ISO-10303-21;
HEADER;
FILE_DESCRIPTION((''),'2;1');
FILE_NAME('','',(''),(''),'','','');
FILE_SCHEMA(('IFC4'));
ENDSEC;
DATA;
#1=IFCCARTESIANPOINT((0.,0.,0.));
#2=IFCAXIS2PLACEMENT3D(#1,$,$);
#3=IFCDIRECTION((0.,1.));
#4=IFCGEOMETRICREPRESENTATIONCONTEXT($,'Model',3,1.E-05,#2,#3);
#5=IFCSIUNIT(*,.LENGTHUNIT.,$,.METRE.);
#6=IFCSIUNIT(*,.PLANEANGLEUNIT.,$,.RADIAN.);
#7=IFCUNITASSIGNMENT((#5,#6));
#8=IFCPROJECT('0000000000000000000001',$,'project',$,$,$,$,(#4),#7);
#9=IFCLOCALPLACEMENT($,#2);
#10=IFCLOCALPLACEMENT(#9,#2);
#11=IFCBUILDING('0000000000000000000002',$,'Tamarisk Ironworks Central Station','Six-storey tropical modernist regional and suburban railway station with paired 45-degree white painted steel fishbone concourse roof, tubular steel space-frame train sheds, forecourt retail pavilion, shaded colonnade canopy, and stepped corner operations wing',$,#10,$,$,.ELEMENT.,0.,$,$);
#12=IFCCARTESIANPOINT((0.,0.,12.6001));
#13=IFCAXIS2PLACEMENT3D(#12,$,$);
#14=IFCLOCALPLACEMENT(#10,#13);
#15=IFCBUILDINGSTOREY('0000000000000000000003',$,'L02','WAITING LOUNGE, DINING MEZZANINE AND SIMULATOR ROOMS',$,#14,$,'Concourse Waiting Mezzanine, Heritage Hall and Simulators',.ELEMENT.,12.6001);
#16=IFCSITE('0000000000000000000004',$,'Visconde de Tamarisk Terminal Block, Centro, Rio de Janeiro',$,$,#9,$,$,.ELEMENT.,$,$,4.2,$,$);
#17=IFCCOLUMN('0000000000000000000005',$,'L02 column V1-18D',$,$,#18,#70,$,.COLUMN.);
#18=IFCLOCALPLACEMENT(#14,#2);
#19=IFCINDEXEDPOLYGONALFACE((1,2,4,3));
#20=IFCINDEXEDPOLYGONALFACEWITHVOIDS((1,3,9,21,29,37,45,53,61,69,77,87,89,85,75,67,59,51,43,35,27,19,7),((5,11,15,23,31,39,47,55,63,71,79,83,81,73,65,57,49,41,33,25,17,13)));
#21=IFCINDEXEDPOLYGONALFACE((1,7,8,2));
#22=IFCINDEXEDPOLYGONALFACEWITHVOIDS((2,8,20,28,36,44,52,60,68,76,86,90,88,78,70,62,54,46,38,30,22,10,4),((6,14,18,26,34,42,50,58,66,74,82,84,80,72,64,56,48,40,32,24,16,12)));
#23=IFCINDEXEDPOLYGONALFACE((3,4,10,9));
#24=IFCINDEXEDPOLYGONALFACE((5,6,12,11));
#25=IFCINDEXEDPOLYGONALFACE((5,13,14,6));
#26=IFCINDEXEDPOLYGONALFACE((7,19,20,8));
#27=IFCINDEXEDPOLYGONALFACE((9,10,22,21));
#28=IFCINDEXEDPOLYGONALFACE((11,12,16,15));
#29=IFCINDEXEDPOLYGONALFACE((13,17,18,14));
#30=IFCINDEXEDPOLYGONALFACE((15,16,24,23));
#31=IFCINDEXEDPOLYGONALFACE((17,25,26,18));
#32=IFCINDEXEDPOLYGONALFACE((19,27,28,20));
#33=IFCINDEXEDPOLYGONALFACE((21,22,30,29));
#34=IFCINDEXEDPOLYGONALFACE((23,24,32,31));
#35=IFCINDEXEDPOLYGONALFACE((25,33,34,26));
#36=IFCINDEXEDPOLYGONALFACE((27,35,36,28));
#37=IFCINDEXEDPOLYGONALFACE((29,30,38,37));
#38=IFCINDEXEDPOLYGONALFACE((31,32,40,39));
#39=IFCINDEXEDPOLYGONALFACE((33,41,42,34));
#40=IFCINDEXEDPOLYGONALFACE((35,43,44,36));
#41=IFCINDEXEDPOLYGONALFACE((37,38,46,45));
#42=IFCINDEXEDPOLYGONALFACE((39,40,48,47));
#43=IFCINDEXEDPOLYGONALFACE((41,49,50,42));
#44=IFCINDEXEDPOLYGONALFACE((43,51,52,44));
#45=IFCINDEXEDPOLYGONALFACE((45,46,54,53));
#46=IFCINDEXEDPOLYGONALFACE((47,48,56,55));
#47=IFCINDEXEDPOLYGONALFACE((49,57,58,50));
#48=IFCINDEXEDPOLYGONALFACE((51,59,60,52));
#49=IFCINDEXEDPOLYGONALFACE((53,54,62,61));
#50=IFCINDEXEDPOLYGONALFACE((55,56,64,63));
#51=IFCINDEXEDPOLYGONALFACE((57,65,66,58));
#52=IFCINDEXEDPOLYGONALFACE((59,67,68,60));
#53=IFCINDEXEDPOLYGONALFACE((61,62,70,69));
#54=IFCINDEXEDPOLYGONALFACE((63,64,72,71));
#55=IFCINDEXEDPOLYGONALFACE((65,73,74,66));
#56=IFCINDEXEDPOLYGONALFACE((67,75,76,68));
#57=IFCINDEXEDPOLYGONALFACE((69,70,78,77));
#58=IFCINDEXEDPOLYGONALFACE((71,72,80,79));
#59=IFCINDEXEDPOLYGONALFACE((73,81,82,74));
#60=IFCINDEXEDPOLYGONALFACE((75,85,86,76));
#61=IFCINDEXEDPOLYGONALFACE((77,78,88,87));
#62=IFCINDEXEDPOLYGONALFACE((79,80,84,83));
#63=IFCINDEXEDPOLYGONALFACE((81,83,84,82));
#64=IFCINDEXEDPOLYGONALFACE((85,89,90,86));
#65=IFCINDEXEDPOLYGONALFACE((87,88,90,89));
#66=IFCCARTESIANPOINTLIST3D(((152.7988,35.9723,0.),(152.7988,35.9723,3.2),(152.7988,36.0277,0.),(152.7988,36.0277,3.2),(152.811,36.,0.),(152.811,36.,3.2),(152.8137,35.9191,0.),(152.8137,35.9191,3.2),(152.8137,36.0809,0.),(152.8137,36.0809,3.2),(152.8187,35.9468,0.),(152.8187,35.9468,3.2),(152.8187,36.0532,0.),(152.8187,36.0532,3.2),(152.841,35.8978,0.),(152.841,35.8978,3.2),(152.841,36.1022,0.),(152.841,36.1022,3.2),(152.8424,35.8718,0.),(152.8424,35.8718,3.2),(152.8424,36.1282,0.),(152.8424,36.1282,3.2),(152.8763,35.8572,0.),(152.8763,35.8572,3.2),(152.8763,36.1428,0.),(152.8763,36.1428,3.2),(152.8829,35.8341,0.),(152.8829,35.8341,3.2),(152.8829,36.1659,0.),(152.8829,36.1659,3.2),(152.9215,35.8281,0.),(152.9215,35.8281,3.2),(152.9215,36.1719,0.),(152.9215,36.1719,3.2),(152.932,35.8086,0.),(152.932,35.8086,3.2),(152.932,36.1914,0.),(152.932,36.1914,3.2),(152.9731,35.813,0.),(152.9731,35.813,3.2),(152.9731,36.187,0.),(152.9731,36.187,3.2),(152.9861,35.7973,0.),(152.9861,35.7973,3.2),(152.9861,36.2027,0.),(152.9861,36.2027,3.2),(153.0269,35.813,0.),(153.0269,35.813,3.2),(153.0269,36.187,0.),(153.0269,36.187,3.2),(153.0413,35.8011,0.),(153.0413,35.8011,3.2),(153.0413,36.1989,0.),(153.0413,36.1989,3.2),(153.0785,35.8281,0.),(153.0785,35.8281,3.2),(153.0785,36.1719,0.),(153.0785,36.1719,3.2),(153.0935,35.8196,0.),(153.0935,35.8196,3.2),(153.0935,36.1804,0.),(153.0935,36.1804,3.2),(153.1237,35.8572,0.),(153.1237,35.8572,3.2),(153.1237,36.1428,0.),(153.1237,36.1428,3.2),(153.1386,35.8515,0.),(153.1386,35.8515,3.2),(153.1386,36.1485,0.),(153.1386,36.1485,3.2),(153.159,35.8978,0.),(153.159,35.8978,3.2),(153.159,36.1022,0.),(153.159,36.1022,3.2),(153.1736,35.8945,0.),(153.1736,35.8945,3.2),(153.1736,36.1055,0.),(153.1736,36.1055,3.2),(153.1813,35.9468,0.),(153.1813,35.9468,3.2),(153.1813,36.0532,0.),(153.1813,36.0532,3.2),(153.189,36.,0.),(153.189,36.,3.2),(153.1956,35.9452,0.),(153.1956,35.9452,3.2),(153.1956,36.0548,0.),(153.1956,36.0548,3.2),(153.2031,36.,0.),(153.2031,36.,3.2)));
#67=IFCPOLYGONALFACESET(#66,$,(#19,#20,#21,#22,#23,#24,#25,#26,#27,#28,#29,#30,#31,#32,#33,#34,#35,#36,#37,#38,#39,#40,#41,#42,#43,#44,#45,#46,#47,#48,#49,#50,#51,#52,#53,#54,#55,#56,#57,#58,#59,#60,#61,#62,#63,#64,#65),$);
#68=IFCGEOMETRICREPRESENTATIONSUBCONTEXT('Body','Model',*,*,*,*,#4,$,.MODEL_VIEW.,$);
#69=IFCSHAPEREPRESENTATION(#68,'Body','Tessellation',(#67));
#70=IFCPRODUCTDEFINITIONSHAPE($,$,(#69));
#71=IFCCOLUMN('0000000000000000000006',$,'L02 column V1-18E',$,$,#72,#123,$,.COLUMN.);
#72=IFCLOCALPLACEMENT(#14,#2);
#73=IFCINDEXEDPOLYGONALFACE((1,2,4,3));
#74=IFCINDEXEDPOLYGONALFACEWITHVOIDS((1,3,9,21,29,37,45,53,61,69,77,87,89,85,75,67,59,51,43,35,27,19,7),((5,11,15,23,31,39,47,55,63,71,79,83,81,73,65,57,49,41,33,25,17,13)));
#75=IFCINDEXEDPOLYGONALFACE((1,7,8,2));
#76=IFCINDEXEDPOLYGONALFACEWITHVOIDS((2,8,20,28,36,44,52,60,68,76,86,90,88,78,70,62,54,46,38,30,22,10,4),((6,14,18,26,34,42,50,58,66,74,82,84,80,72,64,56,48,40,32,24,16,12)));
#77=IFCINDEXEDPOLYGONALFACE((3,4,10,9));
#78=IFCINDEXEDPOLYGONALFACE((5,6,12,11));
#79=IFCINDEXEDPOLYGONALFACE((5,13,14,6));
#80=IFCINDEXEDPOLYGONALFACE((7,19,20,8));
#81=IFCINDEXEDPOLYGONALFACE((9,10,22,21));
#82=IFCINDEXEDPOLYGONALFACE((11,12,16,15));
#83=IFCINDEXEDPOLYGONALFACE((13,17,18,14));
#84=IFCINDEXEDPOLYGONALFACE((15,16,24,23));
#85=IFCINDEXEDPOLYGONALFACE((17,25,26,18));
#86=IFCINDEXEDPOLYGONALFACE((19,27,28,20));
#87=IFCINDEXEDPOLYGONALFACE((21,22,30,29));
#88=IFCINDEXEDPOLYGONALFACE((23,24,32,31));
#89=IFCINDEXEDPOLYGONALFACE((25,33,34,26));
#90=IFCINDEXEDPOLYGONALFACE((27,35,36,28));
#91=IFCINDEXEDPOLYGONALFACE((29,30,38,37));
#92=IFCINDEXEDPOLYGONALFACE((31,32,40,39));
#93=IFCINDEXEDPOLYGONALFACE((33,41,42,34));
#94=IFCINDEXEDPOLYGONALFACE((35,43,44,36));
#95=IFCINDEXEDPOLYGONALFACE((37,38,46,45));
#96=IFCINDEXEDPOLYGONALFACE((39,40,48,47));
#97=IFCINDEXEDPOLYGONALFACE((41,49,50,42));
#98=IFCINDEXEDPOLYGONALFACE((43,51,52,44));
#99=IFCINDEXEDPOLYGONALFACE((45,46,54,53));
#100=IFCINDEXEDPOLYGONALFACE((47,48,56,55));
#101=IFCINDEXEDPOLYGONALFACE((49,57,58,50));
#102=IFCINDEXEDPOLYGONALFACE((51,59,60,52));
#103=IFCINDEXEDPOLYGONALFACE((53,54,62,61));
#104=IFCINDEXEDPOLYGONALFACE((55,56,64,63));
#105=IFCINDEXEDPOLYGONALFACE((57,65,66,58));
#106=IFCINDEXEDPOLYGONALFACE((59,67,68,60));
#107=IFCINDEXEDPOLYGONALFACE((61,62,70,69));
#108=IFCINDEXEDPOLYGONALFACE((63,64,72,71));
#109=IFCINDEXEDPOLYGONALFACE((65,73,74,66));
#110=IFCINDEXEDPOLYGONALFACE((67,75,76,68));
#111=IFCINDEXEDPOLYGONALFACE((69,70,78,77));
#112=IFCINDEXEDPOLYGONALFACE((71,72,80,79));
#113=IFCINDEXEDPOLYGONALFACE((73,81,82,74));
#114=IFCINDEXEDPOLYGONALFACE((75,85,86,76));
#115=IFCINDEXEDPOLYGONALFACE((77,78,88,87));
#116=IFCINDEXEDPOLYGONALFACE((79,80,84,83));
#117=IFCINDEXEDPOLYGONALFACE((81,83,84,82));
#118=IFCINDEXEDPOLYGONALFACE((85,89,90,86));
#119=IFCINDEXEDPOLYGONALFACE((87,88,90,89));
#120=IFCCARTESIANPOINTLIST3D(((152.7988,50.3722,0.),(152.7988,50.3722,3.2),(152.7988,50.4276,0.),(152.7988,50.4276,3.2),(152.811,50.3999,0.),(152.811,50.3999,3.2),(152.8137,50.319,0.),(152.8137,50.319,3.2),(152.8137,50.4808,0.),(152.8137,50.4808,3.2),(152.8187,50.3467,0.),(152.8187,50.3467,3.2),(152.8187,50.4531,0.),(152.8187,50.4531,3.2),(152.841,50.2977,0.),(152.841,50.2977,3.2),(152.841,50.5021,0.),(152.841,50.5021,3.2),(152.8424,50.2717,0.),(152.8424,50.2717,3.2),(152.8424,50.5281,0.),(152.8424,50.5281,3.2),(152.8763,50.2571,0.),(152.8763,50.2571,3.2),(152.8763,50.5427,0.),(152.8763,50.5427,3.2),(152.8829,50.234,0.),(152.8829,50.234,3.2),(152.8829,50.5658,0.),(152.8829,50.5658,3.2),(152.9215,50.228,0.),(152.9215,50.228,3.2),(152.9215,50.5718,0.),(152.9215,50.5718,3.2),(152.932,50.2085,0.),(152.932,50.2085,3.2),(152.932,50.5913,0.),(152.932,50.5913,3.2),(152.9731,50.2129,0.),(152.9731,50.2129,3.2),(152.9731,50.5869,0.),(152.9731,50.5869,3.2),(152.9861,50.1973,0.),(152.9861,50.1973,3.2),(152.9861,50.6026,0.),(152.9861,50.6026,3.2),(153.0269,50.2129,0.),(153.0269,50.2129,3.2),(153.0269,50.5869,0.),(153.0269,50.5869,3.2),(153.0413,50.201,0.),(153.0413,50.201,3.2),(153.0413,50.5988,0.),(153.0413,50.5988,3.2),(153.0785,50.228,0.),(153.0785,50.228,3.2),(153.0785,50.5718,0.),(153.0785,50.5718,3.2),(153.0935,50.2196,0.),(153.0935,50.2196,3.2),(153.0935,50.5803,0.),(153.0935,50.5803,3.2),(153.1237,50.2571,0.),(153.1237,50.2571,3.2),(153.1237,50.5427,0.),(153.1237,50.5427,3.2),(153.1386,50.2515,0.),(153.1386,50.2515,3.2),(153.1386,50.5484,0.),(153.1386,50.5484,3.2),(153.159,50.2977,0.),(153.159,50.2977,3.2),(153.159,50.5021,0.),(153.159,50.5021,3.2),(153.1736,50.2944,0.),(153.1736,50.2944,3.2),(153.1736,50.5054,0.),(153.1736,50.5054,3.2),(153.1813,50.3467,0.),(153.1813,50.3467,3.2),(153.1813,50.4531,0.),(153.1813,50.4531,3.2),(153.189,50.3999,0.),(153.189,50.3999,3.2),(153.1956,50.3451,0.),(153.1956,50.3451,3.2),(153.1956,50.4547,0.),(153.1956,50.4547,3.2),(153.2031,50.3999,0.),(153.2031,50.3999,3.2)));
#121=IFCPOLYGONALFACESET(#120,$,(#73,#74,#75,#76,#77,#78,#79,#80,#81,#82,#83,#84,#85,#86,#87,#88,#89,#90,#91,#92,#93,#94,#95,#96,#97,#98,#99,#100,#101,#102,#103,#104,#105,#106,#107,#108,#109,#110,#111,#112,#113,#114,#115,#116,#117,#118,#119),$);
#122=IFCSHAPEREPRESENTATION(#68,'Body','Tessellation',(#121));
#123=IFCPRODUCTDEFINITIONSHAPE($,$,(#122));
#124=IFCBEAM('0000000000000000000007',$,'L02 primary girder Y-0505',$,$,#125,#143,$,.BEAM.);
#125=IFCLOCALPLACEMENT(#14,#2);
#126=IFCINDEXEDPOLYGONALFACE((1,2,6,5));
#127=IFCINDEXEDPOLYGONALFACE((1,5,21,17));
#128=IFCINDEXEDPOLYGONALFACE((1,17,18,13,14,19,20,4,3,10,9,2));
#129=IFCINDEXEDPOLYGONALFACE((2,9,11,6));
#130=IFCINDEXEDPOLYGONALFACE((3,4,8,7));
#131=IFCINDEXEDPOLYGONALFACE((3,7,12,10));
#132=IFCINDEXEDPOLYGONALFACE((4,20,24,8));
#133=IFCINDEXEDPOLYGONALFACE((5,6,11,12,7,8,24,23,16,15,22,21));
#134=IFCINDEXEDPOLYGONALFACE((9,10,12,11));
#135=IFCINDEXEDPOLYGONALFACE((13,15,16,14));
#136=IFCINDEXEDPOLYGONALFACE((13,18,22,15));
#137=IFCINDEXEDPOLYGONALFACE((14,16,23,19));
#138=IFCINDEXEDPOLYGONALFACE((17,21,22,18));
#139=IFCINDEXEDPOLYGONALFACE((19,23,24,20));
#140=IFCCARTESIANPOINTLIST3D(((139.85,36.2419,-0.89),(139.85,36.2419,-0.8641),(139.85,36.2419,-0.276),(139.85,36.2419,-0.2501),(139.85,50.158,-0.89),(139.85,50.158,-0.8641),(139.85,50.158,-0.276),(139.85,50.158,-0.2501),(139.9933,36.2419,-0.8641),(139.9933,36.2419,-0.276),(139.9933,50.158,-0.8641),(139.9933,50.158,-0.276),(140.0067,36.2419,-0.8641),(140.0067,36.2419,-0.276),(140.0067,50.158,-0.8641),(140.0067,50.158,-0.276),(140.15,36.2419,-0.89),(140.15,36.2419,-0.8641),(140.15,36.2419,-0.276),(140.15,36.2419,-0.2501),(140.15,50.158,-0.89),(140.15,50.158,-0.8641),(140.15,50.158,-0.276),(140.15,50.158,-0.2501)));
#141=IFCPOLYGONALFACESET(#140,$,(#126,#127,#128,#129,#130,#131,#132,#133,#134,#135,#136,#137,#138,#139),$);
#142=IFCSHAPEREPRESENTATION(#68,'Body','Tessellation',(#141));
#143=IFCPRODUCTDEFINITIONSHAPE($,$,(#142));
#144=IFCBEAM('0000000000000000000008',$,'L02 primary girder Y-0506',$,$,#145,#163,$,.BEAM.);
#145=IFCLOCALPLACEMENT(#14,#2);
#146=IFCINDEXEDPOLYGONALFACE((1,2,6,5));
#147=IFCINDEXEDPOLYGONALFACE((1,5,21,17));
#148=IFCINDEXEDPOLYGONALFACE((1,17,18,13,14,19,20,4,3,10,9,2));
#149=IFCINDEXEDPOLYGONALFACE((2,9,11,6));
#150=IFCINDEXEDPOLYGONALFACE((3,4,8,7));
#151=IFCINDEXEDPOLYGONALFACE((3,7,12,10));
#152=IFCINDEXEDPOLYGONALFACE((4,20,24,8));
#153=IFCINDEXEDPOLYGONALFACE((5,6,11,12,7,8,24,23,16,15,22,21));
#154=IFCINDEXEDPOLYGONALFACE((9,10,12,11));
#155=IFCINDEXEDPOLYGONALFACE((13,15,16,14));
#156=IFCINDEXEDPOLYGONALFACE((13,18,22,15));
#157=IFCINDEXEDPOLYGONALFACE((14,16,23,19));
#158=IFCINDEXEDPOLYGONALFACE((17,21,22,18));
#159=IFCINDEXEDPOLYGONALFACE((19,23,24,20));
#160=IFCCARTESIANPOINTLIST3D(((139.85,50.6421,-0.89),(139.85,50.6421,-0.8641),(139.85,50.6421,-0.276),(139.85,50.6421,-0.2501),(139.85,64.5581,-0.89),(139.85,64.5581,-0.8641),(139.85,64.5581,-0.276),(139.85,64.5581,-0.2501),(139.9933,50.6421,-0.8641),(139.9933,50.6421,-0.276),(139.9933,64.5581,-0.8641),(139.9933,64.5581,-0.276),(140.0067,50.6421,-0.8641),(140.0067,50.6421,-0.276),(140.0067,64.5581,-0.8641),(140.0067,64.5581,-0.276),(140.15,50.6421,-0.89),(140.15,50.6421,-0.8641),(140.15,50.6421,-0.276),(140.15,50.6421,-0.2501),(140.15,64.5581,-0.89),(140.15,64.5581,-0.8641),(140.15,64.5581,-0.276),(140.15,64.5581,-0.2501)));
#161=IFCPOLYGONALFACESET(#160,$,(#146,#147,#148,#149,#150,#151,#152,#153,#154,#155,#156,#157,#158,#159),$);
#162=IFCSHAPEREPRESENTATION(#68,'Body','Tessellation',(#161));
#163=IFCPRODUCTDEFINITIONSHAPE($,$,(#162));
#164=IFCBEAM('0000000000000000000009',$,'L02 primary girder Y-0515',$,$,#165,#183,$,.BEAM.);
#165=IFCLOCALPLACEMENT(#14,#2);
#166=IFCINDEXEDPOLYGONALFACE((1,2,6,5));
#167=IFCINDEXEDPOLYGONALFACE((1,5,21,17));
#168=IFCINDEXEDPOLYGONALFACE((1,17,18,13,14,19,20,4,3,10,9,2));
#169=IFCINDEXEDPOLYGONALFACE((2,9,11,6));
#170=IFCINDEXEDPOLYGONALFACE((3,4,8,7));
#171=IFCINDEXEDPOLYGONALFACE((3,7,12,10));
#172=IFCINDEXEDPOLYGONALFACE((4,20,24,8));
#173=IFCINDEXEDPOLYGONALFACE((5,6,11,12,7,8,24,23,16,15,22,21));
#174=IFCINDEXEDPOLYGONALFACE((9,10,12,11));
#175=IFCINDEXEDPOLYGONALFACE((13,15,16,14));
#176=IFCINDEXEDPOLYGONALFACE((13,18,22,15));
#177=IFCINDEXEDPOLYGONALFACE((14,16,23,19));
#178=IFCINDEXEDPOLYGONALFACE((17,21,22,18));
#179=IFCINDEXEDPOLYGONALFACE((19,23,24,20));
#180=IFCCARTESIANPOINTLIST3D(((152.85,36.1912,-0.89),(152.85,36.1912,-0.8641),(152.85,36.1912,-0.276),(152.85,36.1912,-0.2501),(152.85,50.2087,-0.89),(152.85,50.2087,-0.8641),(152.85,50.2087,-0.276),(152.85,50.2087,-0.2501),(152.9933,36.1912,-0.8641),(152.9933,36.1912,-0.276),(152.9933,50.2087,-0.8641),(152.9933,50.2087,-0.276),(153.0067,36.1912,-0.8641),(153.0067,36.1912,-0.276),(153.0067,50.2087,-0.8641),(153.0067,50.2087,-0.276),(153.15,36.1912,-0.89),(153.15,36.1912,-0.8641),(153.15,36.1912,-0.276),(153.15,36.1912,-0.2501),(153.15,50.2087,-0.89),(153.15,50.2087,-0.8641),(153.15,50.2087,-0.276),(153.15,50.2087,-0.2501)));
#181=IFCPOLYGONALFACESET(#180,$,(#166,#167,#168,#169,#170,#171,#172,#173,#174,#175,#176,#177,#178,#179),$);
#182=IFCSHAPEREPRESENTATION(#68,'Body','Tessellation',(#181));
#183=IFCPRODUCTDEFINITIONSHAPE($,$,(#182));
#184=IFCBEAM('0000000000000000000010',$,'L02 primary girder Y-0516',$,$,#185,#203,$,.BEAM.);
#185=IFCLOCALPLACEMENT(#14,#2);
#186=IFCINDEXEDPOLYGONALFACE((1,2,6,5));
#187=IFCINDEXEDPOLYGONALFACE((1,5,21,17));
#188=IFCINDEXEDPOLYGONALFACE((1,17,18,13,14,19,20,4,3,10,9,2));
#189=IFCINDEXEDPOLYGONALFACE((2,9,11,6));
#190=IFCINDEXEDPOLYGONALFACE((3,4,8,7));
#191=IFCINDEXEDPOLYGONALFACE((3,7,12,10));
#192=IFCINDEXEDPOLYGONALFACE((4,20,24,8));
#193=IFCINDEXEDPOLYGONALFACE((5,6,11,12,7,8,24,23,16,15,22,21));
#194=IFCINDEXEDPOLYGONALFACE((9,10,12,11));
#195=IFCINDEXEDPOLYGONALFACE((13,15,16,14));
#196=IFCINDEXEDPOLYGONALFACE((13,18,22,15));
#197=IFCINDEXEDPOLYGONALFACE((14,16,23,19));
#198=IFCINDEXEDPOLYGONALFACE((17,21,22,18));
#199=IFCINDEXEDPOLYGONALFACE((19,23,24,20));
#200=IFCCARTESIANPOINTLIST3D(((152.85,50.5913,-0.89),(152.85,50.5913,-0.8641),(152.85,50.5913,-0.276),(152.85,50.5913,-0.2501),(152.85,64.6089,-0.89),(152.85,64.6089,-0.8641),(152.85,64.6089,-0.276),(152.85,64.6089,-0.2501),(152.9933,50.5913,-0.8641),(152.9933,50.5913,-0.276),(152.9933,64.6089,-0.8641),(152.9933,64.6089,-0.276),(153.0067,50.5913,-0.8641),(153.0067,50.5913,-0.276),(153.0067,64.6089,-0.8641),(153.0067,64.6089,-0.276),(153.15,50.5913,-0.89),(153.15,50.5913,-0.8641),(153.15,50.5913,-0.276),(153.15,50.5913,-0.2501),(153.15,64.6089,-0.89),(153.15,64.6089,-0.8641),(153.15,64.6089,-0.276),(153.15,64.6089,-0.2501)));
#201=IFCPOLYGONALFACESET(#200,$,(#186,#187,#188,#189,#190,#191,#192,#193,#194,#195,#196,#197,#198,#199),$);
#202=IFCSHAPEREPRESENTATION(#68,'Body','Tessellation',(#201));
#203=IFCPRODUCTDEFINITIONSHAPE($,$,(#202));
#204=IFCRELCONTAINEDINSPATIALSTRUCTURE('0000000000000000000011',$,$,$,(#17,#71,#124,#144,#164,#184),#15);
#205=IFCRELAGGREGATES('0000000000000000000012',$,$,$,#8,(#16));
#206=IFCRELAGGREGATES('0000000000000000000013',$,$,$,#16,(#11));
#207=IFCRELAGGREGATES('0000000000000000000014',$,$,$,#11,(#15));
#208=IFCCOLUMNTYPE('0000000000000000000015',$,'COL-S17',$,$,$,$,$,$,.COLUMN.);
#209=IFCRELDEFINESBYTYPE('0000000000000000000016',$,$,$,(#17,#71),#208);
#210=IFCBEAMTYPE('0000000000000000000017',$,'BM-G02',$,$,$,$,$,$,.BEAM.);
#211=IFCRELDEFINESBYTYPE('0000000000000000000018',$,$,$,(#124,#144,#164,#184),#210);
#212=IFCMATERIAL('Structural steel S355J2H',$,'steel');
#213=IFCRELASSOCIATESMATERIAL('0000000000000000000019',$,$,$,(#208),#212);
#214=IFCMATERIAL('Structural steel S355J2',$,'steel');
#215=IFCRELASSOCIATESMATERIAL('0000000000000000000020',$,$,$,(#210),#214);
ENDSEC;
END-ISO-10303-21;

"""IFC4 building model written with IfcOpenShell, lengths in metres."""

from ifc_helpers import new_model, si_unit, direction, frame, origin, origin_2d, place, context, subcontext, project, spatial, hollow_circle, i_section, extrude, material, material_profile, profile_set, type_object, element, save


model = new_model("IFC4")

# Units and contexts
model_context = context("Model", 3, precision=1e-05, world=origin(), true_north=direction((0.0, 1.0)))
body_context = subcontext(model_context, "Body", "Model", "MODEL_VIEW")
ifc_project = project(units=[si_unit("LENGTHUNIT", "METRE"), si_unit("PLANEANGLEUNIT", "RADIAN")], contexts=[model_context])

# Site, building, storey
site_placement = place(None, origin())
site = spatial("IfcSite", under=ifc_project, at=site_placement, Name="Visconde de Tamarisk Terminal Block, Centro, Rio de Janeiro", CompositionType="ELEMENT", RefElevation=4.2)
building_placement = place(site_placement, origin())
building = spatial("IfcBuilding", under=site, at=building_placement, Name="Tamarisk Ironworks Central Station", Description="Six-storey tropical modernist regional and suburban railway station with paired 45-degree white painted steel fishbone concourse roof, tubular steel space-frame train sheds, forecourt retail pavilion, shaded colonnade canopy, and stepped corner operations wing", CompositionType="ELEMENT", ElevationOfRefHeight=0.0)
storey_placement = place(building_placement, frame((0.0, 0.0, 12.6001)))
storey = spatial("IfcBuildingStorey", under=building, at=storey_placement, Name="L02", Description="WAITING LOUNGE, DINING MEZZANINE AND SIMULATOR ROOMS", LongName="Concourse Waiting Mezzanine, Heritage Hall and Simulators", CompositionType="ELEMENT", Elevation=12.6001)

# Columns
ifc_material_1 = material(Name="Structural steel S355J2H", Category="steel")
ifc_material_profile_1 = material_profile(ifc_material_1, hollow_circle(Radius=0.2031, WallThickness=0.0142, at=origin_2d()), Name="CHS 406.4x14.2")
ifc_profile_set_1 = profile_set([ifc_material_profile_1], Name="Structural steel S355J2H")
column_type_1 = type_object("IfcColumnType", Name="COL-S17", PredefinedType="COLUMN", material=ifc_profile_set_1)
for number, where, z_axis, x_axis, name in (
    (1, (153.0, 36.0, 0.0), (0.0, 0.0, 1.0), (1.0, 0.0, 0.0), "L02 column V1-18D"),
    (2, (153.0, 50.3999, 0.0), (0.0, 0.0, 1.0), (1.0, 0.0, 0.0), "L02 column V1-18E"),
):
    element("IfcColumn", number, at=place(storey_placement, frame(where, z_axis=z_axis, x_axis=x_axis)), inside=storey, type_object=column_type_1, Name=name, PredefinedType="COLUMN", context=body_context, shape_type="SweptSolid", body=[
        extrude(hollow_circle(Radius=0.2031, WallThickness=0.0142, at=origin_2d()), origin(), (0.0, 0.0, 1.0), 3.2),
    ])

# Beams
ifc_material_2 = material(Name="Structural steel S355J2", Category="steel")
ifc_material_profile_2 = material_profile(ifc_material_2, i_section(OverallWidth=0.3, OverallDepth=0.6399, WebThickness=0.0134, FlangeThickness=0.0259, at=origin_2d()), Name="HEA 650")
ifc_profile_set_2 = profile_set([ifc_material_profile_2], Name="Structural steel S355J2")
beam_type_1 = type_object("IfcBeamType", Name="BM-G02", PredefinedType="BEAM", material=ifc_profile_set_2)
for number, where, z_axis, x_axis, name in (
    (3, (140.0, 36.2419, -0.5701), (0.0, 1.0, 0.0), (-1.0, 0.0, 0.0), "L02 primary girder Y-0505"),
    (4, (140.0, 50.6421, -0.5701), (0.0, 1.0, 0.0), (-1.0, 0.0, 0.0), "L02 primary girder Y-0506"),
):
    element("IfcBeam", number, at=place(storey_placement, frame(where, z_axis=z_axis, x_axis=x_axis)), inside=storey, type_object=beam_type_1, Name=name, PredefinedType="BEAM", context=body_context, shape_type="SweptSolid", body=[
        extrude(i_section(OverallWidth=0.3, OverallDepth=0.6399, WebThickness=0.0134, FlangeThickness=0.0259, at=origin_2d()), origin(), (0.0, 0.0, 1.0), 13.916),
    ])
for number, where, z_axis, x_axis, name in (
    (5, (153.0, 36.1912, -0.5701), (0.0, 1.0, 0.0), (-1.0, 0.0, 0.0), "L02 primary girder Y-0515"),
    (6, (153.0, 50.5913, -0.5701), (0.0, 1.0, 0.0), (-1.0, 0.0, 0.0), "L02 primary girder Y-0516"),
):
    element("IfcBeam", number, at=place(storey_placement, frame(where, z_axis=z_axis, x_axis=x_axis)), inside=storey, type_object=beam_type_1, Name=name, PredefinedType="BEAM", context=body_context, shape_type="SweptSolid", body=[
        extrude(i_section(OverallWidth=0.3, OverallDepth=0.6399, WebThickness=0.0134, FlangeThickness=0.0259, at=origin_2d()), origin(), (0.0, 0.0, 1.0), 14.0176),
    ])

save(model, "model.ifc")
